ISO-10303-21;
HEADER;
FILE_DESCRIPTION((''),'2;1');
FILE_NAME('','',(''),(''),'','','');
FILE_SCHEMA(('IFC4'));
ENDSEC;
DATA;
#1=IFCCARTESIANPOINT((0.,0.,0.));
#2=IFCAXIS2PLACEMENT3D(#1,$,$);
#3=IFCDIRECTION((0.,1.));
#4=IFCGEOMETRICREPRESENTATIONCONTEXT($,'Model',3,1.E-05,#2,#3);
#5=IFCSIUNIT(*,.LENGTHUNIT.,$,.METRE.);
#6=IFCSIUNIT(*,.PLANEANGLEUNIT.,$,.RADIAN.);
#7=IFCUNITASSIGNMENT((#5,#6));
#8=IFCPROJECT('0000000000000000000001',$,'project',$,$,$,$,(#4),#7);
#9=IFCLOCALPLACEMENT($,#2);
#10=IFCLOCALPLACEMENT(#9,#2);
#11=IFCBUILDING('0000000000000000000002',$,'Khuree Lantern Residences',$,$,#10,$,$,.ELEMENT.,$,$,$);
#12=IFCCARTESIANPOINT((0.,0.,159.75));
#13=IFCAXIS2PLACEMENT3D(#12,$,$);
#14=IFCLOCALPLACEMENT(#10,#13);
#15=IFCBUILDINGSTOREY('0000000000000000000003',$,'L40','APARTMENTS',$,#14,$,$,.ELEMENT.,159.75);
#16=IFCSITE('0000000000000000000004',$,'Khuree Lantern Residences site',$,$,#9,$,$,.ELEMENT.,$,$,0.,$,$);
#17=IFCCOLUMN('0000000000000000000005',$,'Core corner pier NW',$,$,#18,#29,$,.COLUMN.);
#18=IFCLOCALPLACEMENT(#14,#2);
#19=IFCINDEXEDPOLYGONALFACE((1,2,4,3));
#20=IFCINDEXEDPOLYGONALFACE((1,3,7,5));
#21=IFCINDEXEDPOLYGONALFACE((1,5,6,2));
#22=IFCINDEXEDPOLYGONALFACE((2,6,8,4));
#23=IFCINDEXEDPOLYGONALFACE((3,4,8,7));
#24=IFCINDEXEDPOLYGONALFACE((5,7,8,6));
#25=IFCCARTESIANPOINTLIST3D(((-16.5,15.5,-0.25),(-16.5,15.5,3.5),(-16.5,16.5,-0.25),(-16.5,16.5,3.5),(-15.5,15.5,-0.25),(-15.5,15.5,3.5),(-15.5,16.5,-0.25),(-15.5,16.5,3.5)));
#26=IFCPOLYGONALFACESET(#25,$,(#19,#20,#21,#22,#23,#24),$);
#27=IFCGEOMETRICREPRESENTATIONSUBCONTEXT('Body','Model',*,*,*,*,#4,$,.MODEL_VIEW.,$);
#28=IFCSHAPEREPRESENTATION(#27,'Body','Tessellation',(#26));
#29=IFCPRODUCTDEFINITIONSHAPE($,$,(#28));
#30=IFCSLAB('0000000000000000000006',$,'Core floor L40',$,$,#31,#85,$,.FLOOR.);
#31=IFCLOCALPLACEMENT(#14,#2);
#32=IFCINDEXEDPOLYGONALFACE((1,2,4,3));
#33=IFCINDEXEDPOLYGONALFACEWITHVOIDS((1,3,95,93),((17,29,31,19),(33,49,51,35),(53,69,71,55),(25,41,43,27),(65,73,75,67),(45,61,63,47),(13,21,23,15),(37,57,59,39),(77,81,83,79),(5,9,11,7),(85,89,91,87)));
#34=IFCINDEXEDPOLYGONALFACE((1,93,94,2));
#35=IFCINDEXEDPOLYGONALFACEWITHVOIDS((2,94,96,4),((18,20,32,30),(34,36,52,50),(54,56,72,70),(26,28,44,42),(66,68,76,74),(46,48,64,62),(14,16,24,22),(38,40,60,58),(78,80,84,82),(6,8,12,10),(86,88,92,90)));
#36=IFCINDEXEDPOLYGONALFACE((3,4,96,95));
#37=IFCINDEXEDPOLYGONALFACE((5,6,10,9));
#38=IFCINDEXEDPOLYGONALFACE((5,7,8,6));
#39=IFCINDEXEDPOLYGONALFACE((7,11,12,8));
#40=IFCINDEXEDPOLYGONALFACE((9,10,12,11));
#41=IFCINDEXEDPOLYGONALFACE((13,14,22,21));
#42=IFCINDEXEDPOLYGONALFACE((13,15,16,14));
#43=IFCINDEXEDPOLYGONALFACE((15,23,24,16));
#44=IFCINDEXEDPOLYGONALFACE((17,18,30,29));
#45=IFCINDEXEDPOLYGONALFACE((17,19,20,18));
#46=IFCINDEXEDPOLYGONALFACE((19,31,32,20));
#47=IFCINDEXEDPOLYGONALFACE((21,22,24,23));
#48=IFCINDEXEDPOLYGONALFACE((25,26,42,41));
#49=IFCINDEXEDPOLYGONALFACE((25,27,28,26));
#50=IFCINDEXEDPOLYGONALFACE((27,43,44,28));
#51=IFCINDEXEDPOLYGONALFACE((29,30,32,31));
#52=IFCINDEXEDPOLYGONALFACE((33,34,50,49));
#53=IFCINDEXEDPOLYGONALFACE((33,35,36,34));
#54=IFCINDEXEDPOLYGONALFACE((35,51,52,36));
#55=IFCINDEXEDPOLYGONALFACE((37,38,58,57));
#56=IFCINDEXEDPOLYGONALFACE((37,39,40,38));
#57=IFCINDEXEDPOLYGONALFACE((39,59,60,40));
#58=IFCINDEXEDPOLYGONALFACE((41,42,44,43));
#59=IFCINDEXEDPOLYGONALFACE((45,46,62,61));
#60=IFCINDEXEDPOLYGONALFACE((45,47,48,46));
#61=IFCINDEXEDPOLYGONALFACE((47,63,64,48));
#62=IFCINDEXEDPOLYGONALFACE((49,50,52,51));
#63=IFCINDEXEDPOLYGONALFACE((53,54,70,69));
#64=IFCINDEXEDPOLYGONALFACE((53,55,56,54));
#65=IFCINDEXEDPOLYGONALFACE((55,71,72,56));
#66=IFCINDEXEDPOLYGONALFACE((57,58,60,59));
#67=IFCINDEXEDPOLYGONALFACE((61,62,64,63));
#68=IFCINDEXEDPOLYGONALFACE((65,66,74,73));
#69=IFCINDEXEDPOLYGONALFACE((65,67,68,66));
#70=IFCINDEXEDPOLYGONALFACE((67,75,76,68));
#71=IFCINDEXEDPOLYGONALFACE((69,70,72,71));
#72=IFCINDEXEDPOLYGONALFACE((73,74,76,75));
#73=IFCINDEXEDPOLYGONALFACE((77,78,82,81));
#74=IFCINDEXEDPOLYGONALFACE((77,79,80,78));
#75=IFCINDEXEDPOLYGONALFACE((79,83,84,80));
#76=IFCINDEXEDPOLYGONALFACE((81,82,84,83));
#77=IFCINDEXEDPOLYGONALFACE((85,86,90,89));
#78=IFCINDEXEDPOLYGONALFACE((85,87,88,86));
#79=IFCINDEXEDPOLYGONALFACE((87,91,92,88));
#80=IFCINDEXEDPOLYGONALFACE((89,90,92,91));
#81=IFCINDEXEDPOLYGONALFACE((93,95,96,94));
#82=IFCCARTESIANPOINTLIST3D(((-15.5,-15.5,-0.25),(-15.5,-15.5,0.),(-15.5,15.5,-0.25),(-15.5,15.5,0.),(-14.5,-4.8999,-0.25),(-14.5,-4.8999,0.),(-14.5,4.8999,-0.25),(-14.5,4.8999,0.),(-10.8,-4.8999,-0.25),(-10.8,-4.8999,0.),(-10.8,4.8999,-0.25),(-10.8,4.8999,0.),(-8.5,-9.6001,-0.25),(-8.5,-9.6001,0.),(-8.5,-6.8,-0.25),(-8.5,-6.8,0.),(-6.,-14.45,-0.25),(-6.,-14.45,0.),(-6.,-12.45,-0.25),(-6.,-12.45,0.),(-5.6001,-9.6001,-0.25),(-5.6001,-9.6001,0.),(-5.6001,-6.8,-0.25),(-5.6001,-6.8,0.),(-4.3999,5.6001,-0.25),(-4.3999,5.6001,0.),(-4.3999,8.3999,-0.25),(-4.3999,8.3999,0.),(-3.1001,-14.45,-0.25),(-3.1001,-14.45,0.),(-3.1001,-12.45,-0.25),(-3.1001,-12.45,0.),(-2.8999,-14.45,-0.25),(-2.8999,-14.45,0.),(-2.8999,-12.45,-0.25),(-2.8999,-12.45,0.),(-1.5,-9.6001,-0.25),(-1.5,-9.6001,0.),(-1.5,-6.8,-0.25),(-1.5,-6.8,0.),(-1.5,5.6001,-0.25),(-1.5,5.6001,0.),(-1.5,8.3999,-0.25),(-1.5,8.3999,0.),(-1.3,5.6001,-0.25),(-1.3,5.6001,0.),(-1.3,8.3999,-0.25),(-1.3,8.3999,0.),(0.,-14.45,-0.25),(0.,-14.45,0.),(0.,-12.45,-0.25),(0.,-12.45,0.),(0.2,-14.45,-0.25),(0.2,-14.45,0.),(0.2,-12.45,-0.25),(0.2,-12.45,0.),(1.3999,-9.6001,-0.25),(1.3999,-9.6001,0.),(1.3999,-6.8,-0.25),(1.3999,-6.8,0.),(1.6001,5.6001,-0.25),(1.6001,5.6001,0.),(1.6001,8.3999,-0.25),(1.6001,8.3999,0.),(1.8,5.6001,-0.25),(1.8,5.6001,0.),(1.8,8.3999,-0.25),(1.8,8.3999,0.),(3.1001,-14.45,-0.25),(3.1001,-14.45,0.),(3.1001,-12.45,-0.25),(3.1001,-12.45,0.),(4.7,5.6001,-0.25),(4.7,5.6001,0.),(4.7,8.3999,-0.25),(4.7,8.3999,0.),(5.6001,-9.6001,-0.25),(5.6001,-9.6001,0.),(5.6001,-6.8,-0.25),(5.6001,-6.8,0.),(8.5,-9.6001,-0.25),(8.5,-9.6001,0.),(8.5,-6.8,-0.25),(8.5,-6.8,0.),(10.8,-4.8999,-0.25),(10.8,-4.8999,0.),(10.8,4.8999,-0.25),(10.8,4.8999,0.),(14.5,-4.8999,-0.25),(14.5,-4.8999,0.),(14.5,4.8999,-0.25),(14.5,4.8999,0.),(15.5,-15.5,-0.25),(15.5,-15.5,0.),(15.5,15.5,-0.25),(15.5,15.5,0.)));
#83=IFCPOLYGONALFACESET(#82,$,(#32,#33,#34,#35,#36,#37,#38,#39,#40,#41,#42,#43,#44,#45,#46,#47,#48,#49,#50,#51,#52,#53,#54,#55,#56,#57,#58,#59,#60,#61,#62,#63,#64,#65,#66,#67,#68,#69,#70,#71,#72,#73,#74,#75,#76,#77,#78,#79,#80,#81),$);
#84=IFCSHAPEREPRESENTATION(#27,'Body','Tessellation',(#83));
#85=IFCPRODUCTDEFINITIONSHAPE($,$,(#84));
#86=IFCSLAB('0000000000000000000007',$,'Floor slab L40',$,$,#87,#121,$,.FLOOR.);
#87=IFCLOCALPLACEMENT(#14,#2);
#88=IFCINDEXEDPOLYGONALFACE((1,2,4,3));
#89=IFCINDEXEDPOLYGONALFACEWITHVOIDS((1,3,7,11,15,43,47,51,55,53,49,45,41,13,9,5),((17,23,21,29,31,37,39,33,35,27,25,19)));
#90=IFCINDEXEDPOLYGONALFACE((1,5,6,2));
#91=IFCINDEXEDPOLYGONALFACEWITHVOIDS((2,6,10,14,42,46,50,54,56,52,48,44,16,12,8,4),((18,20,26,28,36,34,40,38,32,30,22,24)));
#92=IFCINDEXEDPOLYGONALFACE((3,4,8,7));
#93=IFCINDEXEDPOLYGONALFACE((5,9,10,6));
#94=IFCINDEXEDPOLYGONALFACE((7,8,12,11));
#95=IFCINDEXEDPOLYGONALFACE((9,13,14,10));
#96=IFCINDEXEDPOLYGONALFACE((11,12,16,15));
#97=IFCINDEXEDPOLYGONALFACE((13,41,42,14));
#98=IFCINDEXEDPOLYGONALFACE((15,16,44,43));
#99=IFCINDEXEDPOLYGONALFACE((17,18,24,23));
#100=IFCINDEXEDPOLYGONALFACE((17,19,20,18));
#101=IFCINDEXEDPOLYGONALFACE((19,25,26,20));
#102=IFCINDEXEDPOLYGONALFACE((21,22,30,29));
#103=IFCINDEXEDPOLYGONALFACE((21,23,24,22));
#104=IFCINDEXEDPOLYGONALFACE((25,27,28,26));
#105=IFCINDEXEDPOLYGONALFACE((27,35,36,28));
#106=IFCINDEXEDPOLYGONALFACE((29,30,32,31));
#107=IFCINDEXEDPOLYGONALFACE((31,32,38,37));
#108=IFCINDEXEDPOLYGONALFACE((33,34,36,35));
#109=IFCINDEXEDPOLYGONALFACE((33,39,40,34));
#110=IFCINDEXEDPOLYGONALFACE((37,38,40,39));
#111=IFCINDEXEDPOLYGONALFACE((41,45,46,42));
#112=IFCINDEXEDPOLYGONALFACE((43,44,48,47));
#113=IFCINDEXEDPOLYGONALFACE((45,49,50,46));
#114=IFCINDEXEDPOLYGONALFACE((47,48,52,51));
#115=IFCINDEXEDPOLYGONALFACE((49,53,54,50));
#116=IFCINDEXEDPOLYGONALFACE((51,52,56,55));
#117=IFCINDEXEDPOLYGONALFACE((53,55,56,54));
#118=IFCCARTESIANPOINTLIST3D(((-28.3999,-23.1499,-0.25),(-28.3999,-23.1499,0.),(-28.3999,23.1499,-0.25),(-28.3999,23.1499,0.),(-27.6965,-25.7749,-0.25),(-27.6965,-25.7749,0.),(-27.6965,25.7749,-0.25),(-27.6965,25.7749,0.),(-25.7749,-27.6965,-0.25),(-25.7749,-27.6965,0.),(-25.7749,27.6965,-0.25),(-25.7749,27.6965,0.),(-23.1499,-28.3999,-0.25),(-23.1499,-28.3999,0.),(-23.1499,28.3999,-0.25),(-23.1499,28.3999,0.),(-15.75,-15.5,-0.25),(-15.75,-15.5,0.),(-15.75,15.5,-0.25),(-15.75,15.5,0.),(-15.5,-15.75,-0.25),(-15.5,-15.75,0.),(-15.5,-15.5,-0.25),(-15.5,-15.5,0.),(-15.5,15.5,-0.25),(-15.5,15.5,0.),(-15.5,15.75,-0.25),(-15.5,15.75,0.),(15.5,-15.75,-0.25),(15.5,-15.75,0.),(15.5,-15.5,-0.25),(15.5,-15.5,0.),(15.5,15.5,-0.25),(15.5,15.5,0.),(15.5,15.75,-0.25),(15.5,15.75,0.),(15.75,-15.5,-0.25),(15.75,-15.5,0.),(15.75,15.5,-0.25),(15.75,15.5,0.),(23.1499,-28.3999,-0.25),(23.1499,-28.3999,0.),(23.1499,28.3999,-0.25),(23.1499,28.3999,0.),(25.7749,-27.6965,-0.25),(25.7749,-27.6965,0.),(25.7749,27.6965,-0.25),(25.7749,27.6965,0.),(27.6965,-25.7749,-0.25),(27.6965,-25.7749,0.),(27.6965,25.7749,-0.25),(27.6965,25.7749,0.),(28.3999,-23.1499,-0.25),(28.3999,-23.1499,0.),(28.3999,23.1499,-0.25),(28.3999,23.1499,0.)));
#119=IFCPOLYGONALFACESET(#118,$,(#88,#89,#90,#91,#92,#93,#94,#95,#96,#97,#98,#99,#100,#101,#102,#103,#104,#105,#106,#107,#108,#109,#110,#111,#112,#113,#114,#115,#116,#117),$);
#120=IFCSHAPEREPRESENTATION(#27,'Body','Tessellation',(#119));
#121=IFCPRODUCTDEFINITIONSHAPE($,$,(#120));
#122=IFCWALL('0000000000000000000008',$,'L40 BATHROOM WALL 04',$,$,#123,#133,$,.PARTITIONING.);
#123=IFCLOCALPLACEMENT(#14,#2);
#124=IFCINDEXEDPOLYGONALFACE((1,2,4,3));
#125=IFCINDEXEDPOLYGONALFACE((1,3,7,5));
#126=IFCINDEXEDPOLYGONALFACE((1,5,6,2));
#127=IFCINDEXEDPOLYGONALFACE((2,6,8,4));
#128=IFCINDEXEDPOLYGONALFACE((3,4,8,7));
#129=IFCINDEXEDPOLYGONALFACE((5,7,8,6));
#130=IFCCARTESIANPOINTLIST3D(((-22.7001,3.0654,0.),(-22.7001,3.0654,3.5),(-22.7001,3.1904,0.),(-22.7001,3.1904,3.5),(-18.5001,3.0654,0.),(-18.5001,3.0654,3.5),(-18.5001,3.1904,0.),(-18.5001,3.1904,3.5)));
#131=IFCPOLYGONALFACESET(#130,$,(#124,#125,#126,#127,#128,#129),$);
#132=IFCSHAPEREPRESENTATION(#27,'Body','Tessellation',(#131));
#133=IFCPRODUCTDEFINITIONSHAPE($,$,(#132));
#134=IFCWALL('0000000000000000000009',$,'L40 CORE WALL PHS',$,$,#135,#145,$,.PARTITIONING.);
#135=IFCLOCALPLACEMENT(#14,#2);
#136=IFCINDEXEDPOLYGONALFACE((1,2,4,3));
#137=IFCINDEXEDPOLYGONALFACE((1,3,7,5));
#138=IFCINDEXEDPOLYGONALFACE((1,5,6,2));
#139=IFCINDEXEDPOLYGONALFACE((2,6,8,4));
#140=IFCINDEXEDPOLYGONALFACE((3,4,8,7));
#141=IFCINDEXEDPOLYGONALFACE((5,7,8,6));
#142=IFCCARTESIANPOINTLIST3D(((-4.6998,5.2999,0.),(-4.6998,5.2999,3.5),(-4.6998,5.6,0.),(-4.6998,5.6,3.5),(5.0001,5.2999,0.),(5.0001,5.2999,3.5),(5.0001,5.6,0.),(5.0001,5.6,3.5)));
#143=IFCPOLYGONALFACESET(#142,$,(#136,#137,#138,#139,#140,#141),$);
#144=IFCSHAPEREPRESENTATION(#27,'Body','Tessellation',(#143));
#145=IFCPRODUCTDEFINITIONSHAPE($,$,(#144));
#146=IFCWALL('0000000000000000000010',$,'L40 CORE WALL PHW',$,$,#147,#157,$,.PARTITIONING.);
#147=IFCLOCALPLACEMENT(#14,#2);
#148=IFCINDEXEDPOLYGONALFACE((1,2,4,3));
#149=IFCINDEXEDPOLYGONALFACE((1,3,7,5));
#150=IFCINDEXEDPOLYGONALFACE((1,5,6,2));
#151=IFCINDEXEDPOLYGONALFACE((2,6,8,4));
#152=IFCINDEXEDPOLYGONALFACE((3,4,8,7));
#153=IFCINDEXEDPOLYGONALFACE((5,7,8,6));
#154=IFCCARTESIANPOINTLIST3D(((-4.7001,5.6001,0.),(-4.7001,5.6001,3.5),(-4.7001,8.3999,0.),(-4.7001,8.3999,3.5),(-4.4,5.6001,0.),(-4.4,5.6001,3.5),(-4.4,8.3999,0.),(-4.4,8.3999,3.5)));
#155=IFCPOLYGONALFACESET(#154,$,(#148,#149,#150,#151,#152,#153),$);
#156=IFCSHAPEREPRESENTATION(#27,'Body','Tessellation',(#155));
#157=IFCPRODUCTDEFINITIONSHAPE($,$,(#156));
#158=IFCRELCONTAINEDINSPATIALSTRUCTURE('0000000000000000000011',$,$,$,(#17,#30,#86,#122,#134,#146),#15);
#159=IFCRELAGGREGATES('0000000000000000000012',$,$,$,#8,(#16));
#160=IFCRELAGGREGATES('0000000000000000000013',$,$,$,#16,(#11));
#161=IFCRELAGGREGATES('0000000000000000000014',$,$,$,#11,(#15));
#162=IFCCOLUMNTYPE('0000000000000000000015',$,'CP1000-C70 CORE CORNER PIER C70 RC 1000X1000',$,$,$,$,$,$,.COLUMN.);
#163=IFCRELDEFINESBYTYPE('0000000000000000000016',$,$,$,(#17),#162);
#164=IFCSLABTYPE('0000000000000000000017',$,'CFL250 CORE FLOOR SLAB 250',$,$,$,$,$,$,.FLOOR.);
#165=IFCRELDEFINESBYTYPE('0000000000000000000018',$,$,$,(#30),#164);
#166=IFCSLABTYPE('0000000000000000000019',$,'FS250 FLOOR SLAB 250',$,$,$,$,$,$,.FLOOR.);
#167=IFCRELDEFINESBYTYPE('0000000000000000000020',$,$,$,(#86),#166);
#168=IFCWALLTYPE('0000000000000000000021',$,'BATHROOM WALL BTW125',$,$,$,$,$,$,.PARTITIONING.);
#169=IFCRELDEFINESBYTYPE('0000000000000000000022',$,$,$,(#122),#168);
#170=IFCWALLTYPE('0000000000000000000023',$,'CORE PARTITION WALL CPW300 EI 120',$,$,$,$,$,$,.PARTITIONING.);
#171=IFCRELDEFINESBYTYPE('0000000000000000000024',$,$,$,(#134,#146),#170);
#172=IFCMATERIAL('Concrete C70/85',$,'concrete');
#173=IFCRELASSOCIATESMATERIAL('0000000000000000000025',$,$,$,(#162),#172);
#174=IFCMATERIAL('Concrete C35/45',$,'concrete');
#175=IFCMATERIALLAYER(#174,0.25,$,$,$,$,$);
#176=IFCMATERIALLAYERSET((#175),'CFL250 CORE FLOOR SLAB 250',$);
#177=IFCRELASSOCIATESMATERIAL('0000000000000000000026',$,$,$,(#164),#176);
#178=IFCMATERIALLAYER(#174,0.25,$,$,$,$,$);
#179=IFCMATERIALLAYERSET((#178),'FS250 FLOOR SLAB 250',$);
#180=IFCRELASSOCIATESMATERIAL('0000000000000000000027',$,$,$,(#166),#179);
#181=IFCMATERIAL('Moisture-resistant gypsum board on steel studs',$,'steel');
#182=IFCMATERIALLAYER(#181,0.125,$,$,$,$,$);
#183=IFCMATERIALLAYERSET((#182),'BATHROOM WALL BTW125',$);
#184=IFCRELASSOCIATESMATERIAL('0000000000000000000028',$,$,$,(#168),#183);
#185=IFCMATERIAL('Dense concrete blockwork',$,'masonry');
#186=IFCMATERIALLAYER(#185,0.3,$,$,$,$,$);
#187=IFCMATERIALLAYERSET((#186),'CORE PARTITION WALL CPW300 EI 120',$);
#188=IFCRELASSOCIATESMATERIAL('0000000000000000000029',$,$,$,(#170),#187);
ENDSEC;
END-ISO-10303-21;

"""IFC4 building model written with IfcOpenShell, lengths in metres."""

from ifc_helpers import new_model, si_unit, direction, frame, frame_2d, origin, origin_2d, place, context, subcontext, project, spatial, polyline, rectangle, outline, extrude, material, layer, layer_set, material_profile, profile_set, type_object, element, save


model = new_model("IFC4")

# Units and contexts
model_context = context("Model", 3, precision=1e-05, world=origin(), true_north=direction((0.0, 1.0)))
body_context = subcontext(model_context, "Body", "Model", "MODEL_VIEW")
ifc_project = project(units=[si_unit("LENGTHUNIT", "METRE"), si_unit("PLANEANGLEUNIT", "RADIAN")], contexts=[model_context])

# Site, building, storey
site_placement = place(None, origin())
site = spatial("IfcSite", under=ifc_project, at=site_placement, Name="Khuree Lantern Residences site", CompositionType="ELEMENT", RefElevation=0.0)
building_placement = place(site_placement, origin())
building = spatial("IfcBuilding", under=site, at=building_placement, Name="Khuree Lantern Residences", CompositionType="ELEMENT")
storey_placement = place(building_placement, frame((0.0, 0.0, 159.75)))
storey = spatial("IfcBuildingStorey", under=building, at=storey_placement, Name="L40", Description="APARTMENTS", CompositionType="ELEMENT", Elevation=159.75)

# Column
ifc_material_1 = material(Name="Concrete C70/85", Category="concrete")
ifc_material_profile = material_profile(ifc_material_1, rectangle(XDim=1.0, YDim=1.0, at=origin_2d()), Name="RC 1000X1000")
ifc_profile_set = profile_set([ifc_material_profile], Name="Concrete C70/85")
column_type = type_object("IfcColumnType", Name="CP1000-C70 CORE CORNER PIER C70 RC 1000X1000", PredefinedType="COLUMN", material=ifc_profile_set)
column_placement = place(storey_placement, frame((-16.0, 16.0, -0.25), z_axis=(0.0, 0.0, 1.0), x_axis=(1.0, 0.0, 0.0)))
element("IfcColumn", 1, at=column_placement, inside=storey, type_object=column_type, Name="Core corner pier NW", PredefinedType="COLUMN", context=body_context, shape_type="SweptSolid", body=[
    extrude(rectangle(XDim=1.0, YDim=1.0, at=origin_2d()), origin(), (0.0, 0.0, 1.0), 3.75),
])

# Slabs
ifc_material_2 = material(Name="Concrete C35/45", Category="concrete")
ifc_layer_1 = layer(ifc_material_2, 0.25)
ifc_layer_set_1 = layer_set([ifc_layer_1], Name="CFL250 CORE FLOOR SLAB 250")
slab_type_1 = type_object("IfcSlabType", Name="CFL250 CORE FLOOR SLAB 250", PredefinedType="FLOOR", material=ifc_layer_set_1)
slab_1_placement = place(storey_placement, frame((0.0, 0.0, -0.25)))
element("IfcSlab", 2, at=slab_1_placement, inside=storey, type_object=slab_type_1, Name="Core floor L40", PredefinedType="FLOOR", context=body_context, shape_type="SweptSolid", body=[
    extrude(outline(polyline([(-15.5, -15.5), (-15.5, 15.5), (15.5, 15.5), (15.5, -15.5), (-15.5, -15.5)]), holes=[polyline([(10.8, 4.8999), (10.8, -4.8999), (14.5, -4.8999), (14.5, 4.8999), (10.8, 4.8999)]), polyline([(8.5, -6.8), (5.6001, -6.8), (5.6001, -9.6001), (8.5, -9.6001), (8.5, -6.8)]), polyline([(4.7, 8.3999), (1.8, 8.3999), (1.8, 5.6001), (4.7, 5.6001), (4.7, 8.3999)]), polyline([(3.1001, -12.45), (0.2, -12.45), (0.2, -14.45), (3.1001, -14.45), (3.1001, -12.45)]), polyline([(1.6001, 8.3999), (-1.3, 8.3999), (-1.3, 5.6001), (1.6001, 5.6001), (1.6001, 8.3999)]), polyline([(1.3999, -6.8), (-1.5, -6.8), (-1.5, -9.6001), (1.3999, -9.6001), (1.3999, -6.8)]), polyline([(-2.8999, -12.45), (-2.8999, -14.45), (0.0, -14.45), (0.0, -12.45), (-2.8999, -12.45)]), polyline([(-4.3999, 8.3999), (-4.3999, 5.6001), (-1.5, 5.6001), (-1.5, 8.3999), (-4.3999, 8.3999)]), polyline([(-6.0, -12.45), (-6.0, -14.45), (-3.1001, -14.45), (-3.1001, -12.45), (-6.0, -12.45)]), polyline([(-8.5, -6.8), (-8.5, -9.6001), (-5.6001, -9.6001), (-5.6001, -6.8), (-8.5, -6.8)]), polyline([(-10.8, 4.8999), (-14.5, 4.8999), (-14.5, -4.8999), (-10.8, -4.8999), (-10.8, 4.8999)])]), origin(), (0.0, 0.0, 1.0), 0.25),
])
ifc_layer_2 = layer(ifc_material_2, 0.25)
ifc_layer_set_2 = layer_set([ifc_layer_2], Name="FS250 FLOOR SLAB 250")
slab_type_2 = type_object("IfcSlabType", Name="FS250 FLOOR SLAB 250", PredefinedType="FLOOR", material=ifc_layer_set_2)
slab_2_placement = place(storey_placement, frame((0.0, 0.0, -0.25)))
element("IfcSlab", 3, at=slab_2_placement, inside=storey, type_object=slab_type_2, Name="Floor slab L40", PredefinedType="FLOOR", context=body_context, shape_type="SweptSolid", body=[
    extrude(outline(polyline([(-25.7749, -27.6965), (-27.6965, -25.7749), (-28.3999, -23.1499), (-28.3999, 23.1499), (-27.6965, 25.7749), (-25.7749, 27.6965), (-23.1499, 28.3999), (23.1499, 28.3999), (25.7749, 27.6965), (27.6965, 25.7749), (28.3999, 23.1499), (28.3999, -23.1499), (27.6965, -25.7749), (25.7749, -27.6965), (23.1499, -28.3999), (-23.1499, -28.3999), (-25.7749, -27.6965)]), holes=[polyline([(15.75, 15.5), (15.5, 15.5), (15.5, 15.75), (-15.5, 15.75), (-15.5, 15.5), (-15.75, 15.5), (-15.75, -15.5), (-15.5, -15.5), (-15.5, -15.75), (15.5, -15.75), (15.5, -15.5), (15.75, -15.5), (15.75, 15.5)])]), origin(), (0.0, 0.0, 1.0), 0.25),
])

# Walls
ifc_material_3 = material(Name="Moisture-resistant gypsum board on steel studs", Category="steel")
ifc_layer_3 = layer(ifc_material_3, 0.125)
ifc_layer_set_3 = layer_set([ifc_layer_3], Name="BATHROOM WALL BTW125")
wall_type_1 = type_object("IfcWallType", Name="BATHROOM WALL BTW125", PredefinedType="PARTITIONING", material=ifc_layer_set_3)
wall_1_placement = place(storey_placement, frame((-18.5, 3.1279, 0.0), z_axis=(0.0, 0.0, 1.0), x_axis=(-1.0, 0.0, 0.0)))
element("IfcWall", 4, at=wall_1_placement, inside=storey, type_object=wall_type_1, Name="L40 BATHROOM WALL 04", PredefinedType="PARTITIONING", context=body_context, shape_type="SweptSolid", body=[
    extrude(rectangle(XDim=4.2, YDim=0.125, at=frame_2d((2.1001, 0.0))), origin(), (0.0, 0.0, 1.0), 3.5),
])
ifc_material_4 = material(Name="Dense concrete blockwork", Category="masonry")
ifc_layer_4 = layer(ifc_material_4, 0.3)
ifc_layer_set_4 = layer_set([ifc_layer_4], Name="CORE PARTITION WALL CPW300 EI 120")
wall_type_2 = type_object("IfcWallType", Name="CORE PARTITION WALL CPW300 EI 120", PredefinedType="PARTITIONING", material=ifc_layer_set_4)
wall_2_placement = place(storey_placement, frame((-4.7, 5.45, 0.0), z_axis=(0.0, 0.0, 1.0), x_axis=(1.0, 0.0, 0.0)))
element("IfcWall", 5, at=wall_2_placement, inside=storey, type_object=wall_type_2, Name="L40 CORE WALL PHS", PredefinedType="PARTITIONING", context=body_context, shape_type="SweptSolid", body=[
    extrude(rectangle(XDim=9.7, YDim=0.3, at=frame_2d((4.8501, 0.0))), origin(), (0.0, 0.0, 1.0), 3.5),
])
wall_3_placement = place(storey_placement, frame((-4.55, 5.6001, 0.0), z_axis=(0.0, 0.0, 1.0), x_axis=(0.0, 1.0, 0.0)))
element("IfcWall", 6, at=wall_3_placement, inside=storey, type_object=wall_type_2, Name="L40 CORE WALL PHW", PredefinedType="PARTITIONING", context=body_context, shape_type="SweptSolid", body=[
    extrude(rectangle(XDim=2.7998, YDim=0.3, at=frame_2d((1.3999, 0.0))), origin(), (0.0, 0.0, 1.0), 3.5),
])

save(model, "model.ifc")
